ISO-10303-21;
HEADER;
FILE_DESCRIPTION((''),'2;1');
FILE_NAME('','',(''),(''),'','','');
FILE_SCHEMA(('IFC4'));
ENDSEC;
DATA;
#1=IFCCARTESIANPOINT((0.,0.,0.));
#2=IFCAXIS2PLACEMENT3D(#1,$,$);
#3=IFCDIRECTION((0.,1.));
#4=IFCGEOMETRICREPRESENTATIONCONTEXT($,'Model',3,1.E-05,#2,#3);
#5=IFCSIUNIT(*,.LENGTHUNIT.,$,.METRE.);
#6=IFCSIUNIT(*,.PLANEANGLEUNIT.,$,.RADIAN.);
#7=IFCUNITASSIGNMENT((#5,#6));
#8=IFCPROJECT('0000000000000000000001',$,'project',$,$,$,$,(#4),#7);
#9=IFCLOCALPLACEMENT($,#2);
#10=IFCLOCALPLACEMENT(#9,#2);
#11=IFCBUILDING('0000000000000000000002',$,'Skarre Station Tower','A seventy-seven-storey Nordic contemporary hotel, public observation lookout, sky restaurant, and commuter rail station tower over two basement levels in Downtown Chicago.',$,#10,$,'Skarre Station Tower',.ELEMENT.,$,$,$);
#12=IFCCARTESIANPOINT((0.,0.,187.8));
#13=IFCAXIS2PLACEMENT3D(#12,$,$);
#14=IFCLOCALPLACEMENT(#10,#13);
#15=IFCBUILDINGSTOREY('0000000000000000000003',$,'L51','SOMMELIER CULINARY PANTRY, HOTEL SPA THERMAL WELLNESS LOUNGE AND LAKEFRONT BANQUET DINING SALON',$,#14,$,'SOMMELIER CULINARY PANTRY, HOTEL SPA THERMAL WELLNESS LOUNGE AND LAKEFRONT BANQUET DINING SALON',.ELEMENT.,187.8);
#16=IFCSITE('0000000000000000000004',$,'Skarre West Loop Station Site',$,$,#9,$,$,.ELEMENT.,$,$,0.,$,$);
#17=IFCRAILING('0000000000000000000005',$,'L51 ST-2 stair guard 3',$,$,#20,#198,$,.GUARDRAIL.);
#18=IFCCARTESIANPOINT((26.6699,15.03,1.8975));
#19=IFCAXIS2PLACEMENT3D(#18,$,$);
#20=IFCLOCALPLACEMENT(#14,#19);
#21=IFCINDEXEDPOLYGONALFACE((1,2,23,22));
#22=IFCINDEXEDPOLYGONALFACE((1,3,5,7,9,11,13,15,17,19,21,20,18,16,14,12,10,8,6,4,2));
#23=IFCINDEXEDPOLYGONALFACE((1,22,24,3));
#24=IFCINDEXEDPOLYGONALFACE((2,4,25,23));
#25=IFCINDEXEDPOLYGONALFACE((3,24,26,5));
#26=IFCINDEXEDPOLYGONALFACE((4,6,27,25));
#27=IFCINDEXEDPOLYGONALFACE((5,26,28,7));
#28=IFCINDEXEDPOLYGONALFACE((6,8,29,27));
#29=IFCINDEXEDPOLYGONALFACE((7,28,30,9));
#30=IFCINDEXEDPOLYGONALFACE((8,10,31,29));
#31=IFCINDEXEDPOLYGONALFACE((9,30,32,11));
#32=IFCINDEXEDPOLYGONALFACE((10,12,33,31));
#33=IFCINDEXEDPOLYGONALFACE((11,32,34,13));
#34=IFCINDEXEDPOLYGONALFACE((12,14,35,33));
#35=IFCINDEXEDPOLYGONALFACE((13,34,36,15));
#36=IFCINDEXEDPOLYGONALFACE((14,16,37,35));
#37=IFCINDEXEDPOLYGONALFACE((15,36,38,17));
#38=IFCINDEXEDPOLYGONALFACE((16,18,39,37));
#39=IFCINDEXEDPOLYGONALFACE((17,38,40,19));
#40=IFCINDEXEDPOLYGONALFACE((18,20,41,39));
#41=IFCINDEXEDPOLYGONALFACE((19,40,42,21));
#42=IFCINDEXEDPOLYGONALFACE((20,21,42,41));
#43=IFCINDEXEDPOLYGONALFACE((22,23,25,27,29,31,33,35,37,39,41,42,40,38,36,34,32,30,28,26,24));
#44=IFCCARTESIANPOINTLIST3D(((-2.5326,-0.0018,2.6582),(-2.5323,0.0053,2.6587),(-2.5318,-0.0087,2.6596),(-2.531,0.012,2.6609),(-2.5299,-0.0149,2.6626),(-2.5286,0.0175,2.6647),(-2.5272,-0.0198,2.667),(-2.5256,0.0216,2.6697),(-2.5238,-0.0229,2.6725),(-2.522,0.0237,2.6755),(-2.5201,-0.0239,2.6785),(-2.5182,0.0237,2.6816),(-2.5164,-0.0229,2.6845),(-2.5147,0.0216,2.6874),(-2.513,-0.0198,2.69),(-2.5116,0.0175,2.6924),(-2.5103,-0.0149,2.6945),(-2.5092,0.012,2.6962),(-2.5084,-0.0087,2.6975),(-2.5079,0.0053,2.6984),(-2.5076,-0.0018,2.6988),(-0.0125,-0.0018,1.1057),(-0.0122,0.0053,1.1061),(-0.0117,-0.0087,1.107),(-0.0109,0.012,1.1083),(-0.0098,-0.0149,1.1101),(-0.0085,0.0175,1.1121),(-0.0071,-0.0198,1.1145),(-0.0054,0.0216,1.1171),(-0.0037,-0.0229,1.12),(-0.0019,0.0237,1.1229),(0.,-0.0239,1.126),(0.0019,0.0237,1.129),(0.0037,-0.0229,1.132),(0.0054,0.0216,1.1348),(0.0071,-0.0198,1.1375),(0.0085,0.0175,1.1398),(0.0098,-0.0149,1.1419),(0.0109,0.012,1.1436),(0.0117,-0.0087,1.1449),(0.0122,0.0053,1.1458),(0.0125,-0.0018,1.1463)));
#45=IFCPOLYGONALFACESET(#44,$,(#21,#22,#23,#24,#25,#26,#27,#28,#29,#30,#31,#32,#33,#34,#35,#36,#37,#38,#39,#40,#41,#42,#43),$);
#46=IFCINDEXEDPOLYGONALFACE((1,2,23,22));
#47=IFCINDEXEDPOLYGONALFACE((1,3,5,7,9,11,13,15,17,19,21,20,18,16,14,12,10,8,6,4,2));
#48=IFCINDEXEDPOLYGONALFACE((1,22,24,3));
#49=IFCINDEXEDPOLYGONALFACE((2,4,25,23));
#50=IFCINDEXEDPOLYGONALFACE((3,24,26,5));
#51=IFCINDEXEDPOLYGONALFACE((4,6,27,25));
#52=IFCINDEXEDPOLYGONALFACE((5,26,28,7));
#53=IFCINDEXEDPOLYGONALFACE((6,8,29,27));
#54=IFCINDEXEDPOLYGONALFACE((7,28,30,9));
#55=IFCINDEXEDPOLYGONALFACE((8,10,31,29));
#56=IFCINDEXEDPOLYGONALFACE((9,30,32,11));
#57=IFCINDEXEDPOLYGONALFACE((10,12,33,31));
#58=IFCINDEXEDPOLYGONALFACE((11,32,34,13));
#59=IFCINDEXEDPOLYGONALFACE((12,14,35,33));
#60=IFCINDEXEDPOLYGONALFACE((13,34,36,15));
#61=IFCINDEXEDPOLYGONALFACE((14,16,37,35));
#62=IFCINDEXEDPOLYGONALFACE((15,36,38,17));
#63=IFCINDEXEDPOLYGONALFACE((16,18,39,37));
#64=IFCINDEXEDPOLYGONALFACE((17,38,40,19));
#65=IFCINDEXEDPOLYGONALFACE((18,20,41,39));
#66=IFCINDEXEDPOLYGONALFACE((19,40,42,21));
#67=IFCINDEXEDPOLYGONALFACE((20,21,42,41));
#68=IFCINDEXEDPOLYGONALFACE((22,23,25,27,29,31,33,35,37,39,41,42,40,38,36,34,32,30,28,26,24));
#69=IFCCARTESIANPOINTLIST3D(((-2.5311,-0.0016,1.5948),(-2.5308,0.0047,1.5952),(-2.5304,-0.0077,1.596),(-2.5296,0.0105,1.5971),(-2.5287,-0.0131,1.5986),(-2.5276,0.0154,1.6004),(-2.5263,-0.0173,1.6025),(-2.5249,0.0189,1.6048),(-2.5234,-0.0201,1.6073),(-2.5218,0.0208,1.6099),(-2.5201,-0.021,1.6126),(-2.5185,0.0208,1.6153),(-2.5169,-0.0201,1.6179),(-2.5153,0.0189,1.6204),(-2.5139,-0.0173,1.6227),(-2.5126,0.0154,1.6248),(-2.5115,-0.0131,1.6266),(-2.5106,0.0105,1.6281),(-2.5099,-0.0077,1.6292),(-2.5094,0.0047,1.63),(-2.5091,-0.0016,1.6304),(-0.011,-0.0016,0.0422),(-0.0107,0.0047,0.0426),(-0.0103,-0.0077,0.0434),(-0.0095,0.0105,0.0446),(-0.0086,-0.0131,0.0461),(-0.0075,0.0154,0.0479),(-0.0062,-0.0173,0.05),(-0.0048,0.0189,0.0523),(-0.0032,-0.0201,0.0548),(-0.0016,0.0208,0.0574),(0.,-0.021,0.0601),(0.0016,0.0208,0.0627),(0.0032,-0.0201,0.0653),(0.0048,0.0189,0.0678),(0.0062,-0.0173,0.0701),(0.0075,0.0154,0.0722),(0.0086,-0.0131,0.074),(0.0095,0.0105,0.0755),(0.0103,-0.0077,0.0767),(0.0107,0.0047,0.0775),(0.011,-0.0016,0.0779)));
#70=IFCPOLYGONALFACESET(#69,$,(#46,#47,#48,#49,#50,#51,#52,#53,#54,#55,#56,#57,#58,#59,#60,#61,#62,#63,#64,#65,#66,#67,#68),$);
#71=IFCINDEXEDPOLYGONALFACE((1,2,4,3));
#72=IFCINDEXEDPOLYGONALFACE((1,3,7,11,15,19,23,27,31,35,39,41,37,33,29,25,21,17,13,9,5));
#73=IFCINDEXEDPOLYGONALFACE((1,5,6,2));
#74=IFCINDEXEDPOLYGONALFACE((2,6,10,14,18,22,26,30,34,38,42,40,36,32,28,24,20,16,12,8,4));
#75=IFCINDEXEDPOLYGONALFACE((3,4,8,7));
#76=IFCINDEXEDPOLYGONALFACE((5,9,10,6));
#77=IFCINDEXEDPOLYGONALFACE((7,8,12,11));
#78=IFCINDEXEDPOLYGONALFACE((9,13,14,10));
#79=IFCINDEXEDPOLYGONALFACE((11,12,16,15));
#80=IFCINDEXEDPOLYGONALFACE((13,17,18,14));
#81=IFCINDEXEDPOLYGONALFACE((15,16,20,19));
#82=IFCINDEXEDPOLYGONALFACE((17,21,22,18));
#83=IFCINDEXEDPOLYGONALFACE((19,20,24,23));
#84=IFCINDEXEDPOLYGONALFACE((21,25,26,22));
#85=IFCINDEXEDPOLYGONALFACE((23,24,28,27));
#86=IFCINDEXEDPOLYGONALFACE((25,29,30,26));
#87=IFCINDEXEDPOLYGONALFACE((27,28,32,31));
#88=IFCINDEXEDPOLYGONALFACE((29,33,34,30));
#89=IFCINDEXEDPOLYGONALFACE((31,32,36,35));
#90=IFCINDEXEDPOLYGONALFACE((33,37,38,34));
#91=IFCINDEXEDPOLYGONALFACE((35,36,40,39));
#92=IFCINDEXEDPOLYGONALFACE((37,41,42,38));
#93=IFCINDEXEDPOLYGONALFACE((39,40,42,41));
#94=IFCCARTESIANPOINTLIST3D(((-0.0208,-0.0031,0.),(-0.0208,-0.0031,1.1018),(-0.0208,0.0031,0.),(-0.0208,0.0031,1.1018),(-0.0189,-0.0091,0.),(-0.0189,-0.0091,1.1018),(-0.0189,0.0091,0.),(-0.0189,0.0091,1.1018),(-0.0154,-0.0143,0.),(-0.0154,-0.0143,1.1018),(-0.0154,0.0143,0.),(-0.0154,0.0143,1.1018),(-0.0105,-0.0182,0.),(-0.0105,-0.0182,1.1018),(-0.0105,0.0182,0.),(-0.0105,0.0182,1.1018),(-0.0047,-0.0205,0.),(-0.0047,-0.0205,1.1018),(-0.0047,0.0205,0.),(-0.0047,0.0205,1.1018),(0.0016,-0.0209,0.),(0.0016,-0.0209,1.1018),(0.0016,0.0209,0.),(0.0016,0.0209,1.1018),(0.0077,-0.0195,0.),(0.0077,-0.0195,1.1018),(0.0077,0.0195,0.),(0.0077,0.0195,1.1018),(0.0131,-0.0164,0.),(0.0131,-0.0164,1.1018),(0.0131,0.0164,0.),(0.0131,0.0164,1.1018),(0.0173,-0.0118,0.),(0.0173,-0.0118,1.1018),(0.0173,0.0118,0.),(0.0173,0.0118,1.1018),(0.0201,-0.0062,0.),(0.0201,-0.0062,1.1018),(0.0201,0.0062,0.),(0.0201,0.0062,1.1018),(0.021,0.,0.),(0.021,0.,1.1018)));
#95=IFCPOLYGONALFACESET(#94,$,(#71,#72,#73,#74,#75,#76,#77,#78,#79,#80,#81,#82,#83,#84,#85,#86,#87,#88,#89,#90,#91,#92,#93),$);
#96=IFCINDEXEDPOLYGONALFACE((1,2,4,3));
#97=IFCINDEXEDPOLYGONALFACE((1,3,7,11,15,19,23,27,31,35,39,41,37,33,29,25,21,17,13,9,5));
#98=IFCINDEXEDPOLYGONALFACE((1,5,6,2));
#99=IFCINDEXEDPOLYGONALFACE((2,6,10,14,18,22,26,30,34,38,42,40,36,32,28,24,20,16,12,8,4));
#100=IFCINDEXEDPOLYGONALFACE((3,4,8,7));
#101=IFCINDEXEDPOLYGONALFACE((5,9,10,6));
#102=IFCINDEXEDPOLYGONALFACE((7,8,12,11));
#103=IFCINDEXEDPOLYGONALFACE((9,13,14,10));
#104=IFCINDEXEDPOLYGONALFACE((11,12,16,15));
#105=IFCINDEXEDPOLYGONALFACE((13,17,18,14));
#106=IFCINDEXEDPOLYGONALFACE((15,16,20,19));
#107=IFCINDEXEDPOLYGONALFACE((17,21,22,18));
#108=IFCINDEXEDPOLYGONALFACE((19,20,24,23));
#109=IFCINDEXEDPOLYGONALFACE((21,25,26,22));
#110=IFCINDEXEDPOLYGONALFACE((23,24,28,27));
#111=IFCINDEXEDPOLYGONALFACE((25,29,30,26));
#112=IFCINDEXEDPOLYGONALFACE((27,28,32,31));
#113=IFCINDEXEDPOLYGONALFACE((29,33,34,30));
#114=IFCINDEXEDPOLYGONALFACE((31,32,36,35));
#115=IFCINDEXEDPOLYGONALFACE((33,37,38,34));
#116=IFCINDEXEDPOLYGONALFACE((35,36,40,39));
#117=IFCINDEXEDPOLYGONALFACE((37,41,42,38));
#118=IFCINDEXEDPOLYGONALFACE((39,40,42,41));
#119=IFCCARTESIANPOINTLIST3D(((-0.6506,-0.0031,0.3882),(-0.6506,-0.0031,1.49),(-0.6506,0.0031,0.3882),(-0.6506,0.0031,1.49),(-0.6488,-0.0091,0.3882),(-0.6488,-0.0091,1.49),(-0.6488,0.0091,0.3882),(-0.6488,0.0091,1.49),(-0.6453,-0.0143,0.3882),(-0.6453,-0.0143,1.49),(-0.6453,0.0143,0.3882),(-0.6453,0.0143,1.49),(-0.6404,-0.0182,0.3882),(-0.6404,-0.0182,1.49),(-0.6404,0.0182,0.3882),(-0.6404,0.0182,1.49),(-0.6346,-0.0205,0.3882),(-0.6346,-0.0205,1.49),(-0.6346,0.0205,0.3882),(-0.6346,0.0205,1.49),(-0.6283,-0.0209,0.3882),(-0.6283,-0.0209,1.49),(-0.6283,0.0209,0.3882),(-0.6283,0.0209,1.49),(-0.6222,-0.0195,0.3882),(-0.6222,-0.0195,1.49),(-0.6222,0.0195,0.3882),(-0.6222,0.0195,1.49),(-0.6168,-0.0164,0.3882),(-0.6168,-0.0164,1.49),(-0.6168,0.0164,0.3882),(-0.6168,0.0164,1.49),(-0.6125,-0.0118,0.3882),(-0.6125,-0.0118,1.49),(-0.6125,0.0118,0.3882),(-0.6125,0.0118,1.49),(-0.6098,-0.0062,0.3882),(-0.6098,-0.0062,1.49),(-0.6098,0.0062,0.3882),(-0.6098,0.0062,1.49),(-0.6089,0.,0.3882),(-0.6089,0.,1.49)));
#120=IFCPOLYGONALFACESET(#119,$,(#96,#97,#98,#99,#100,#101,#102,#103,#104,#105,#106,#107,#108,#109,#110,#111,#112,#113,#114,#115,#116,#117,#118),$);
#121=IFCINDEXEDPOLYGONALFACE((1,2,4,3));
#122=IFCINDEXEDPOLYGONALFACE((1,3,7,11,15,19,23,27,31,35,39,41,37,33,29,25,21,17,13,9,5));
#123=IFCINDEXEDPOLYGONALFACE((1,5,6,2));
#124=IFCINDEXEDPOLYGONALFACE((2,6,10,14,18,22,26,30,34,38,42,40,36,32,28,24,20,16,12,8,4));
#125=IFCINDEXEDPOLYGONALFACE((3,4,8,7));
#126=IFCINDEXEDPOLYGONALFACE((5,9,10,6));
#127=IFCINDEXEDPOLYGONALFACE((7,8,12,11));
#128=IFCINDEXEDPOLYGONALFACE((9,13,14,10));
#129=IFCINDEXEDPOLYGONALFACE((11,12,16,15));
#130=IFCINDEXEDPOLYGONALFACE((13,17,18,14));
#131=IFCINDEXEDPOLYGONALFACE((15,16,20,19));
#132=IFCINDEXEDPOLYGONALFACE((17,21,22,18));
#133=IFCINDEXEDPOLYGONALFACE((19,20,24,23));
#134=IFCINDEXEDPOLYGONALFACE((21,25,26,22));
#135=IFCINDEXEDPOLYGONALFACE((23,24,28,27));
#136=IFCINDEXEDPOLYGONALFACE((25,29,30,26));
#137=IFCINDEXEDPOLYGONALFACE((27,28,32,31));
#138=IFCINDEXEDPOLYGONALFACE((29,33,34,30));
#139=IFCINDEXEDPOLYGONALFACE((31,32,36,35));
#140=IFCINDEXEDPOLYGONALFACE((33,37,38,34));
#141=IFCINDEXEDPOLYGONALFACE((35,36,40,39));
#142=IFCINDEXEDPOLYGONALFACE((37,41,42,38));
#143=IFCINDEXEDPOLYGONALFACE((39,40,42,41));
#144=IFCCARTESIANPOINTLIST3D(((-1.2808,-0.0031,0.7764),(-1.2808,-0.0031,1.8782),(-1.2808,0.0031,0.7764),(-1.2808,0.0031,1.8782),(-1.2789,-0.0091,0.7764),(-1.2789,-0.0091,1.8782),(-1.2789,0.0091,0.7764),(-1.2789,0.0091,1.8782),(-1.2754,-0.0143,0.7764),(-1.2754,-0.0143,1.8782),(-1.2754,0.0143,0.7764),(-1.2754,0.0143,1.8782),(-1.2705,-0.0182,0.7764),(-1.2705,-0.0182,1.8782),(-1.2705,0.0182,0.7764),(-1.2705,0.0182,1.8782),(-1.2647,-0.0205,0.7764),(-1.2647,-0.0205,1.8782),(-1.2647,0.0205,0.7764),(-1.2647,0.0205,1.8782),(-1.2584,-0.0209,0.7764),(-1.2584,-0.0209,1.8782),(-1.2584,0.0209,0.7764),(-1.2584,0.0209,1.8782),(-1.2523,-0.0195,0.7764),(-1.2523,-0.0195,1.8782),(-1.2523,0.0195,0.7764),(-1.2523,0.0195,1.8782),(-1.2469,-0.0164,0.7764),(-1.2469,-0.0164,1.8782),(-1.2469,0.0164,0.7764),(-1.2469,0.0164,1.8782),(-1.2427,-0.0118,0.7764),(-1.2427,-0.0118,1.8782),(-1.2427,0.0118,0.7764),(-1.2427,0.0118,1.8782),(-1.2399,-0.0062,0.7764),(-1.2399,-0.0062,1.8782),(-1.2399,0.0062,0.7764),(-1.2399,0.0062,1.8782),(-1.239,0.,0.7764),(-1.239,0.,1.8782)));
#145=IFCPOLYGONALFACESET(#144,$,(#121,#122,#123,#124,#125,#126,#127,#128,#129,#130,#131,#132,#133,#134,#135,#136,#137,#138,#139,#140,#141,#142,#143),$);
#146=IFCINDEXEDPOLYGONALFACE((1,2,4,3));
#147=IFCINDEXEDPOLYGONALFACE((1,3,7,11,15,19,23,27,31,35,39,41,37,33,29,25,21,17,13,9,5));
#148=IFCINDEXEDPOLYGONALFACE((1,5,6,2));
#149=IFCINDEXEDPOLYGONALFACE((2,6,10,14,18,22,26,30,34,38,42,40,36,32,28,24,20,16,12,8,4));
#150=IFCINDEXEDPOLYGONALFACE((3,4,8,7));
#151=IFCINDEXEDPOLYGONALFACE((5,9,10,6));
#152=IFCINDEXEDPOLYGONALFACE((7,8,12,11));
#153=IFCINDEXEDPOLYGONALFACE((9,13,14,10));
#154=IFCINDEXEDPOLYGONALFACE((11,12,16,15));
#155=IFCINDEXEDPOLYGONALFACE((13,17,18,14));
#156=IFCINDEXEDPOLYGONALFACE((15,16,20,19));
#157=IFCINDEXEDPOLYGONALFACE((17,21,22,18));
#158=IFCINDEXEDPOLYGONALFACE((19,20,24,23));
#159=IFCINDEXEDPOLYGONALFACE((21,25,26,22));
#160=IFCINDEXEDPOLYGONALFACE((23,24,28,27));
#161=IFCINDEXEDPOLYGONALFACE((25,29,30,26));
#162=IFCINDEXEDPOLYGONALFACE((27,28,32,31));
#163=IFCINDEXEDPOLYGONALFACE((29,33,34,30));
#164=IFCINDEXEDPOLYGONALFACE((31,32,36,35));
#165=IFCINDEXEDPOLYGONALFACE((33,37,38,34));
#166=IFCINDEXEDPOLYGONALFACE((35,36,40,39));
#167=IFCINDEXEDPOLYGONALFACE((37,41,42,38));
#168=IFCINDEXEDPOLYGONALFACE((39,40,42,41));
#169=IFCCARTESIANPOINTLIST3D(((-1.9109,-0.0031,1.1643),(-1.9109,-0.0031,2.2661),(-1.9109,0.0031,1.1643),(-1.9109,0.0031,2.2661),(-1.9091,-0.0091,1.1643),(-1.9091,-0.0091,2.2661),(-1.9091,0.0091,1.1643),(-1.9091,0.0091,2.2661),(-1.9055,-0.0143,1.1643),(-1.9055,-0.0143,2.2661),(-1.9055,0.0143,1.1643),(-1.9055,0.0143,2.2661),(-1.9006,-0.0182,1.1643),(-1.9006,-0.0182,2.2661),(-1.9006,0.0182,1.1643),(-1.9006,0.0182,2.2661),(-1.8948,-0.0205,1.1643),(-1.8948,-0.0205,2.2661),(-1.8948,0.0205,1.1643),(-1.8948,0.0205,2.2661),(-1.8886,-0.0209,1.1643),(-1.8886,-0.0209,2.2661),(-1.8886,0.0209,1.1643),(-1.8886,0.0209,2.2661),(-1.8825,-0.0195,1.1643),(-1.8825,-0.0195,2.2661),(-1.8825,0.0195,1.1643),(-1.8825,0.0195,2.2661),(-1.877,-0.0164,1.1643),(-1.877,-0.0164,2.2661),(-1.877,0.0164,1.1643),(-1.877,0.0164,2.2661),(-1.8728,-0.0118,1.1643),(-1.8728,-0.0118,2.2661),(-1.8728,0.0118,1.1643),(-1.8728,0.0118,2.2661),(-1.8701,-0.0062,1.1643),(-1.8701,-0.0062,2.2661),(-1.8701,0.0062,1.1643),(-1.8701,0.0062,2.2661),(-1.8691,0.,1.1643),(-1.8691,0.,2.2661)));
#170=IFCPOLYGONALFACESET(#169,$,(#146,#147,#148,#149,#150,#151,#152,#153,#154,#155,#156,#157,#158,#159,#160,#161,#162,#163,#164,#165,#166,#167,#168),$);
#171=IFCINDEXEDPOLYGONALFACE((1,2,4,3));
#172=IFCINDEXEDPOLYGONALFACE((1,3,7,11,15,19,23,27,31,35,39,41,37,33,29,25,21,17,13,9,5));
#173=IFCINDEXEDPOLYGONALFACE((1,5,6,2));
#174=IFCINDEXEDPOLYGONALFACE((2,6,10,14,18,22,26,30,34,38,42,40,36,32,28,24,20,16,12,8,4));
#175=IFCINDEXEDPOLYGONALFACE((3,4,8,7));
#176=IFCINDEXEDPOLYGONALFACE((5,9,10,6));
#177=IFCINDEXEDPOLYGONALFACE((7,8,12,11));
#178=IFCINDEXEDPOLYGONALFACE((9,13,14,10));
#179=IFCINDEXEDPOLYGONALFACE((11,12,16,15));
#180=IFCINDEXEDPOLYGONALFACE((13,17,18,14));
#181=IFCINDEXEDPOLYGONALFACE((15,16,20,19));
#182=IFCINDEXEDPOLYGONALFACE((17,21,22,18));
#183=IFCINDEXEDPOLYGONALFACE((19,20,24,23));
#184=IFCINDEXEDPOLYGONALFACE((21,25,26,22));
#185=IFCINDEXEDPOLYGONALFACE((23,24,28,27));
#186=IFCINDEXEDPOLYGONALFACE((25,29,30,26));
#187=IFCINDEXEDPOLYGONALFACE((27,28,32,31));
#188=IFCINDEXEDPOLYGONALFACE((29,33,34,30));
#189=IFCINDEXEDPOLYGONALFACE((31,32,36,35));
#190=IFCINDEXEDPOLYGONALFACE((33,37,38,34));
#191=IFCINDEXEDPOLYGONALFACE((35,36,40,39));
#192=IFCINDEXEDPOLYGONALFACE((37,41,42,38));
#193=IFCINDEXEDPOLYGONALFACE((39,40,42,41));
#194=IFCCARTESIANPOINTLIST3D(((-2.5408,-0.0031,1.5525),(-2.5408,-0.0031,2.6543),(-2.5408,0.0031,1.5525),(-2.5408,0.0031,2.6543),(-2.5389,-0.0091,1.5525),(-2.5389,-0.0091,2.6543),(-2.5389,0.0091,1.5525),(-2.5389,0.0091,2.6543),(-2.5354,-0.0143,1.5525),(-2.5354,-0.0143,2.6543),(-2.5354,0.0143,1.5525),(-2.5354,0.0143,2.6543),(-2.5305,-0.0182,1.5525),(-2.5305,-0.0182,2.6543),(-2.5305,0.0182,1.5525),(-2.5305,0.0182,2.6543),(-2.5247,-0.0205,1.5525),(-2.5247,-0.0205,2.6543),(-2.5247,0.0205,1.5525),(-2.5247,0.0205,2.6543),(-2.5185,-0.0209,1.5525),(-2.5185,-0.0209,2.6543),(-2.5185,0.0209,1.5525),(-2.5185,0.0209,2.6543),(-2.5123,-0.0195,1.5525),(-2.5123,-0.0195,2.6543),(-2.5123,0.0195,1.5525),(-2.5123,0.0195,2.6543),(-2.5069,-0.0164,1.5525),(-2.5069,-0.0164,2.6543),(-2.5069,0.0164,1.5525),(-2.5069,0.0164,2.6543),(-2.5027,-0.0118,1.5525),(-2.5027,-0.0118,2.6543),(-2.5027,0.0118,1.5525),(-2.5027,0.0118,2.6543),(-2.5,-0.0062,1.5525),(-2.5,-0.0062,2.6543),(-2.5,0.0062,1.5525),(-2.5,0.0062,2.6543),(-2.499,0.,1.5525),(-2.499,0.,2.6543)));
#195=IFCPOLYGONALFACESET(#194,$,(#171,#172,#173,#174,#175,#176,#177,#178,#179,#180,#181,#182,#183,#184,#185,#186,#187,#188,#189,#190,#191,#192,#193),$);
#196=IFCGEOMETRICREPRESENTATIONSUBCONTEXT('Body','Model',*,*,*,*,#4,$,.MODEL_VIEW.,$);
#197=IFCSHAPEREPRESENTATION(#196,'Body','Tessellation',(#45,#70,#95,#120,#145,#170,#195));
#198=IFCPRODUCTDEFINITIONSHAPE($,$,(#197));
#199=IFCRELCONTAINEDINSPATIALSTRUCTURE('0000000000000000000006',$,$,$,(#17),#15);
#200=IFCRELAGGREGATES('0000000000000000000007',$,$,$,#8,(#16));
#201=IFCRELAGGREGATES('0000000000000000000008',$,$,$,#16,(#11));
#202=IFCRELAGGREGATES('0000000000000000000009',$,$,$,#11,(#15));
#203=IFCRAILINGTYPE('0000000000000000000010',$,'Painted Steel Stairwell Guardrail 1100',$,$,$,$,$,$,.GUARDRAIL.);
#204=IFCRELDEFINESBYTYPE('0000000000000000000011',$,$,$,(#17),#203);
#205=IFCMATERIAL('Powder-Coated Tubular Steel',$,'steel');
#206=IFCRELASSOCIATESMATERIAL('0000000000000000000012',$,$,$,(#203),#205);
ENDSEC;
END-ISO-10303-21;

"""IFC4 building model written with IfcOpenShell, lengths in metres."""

from ifc_helpers import new_model, si_unit, direction, frame, origin, origin_2d, place, context, subcontext, project, spatial, circle, extrude, material, type_object, element, save


model = new_model("IFC4")

# Units and contexts
model_context = context("Model", 3, precision=1e-05, world=origin(), true_north=direction((0.0, 1.0)))
body_context = subcontext(model_context, "Body", "Model", "MODEL_VIEW")
ifc_project = project(units=[si_unit("LENGTHUNIT", "METRE"), si_unit("PLANEANGLEUNIT", "RADIAN")], contexts=[model_context])

# Site, building, storey
site_placement = place(None, origin())
site = spatial("IfcSite", under=ifc_project, at=site_placement, Name="Skarre West Loop Station Site", CompositionType="ELEMENT", RefElevation=0.0)
building_placement = place(site_placement, origin())
building = spatial("IfcBuilding", under=site, at=building_placement, Name="Skarre Station Tower", Description="A seventy-seven-storey Nordic contemporary hotel, public observation lookout, sky restaurant, and commuter rail station tower over two basement levels in Downtown Chicago.", LongName="Skarre Station Tower", CompositionType="ELEMENT")
storey_placement = place(building_placement, frame((0.0, 0.0, 187.8)))
storey = spatial("IfcBuildingStorey", under=building, at=storey_placement, Name="L51", Description="SOMMELIER CULINARY PANTRY, HOTEL SPA THERMAL WELLNESS LOUNGE AND LAKEFRONT BANQUET DINING SALON", LongName="SOMMELIER CULINARY PANTRY, HOTEL SPA THERMAL WELLNESS LOUNGE AND LAKEFRONT BANQUET DINING SALON", CompositionType="ELEMENT", Elevation=187.8)

# Railing
ifc_material_1 = material(Name="Powder-Coated Tubular Steel", Category="steel")
railing_type_1 = type_object("IfcRailingType", Name="Painted Steel Stairwell Guardrail 1100", PredefinedType="GUARDRAIL", material=ifc_material_1)
railing_1_placement = place(storey_placement, frame((26.6699, 15.03, 1.8975)))
element("IfcRailing", 1, at=railing_1_placement, inside=storey, type_object=railing_type_1, Name="L51 ST-2 stair guard 3", PredefinedType="GUARDRAIL", context=body_context, shape_type="SweptSolid", body=[
    extrude(circle(Radius=0.0239, at=origin_2d()), frame((0.0, 0.0, 1.126), z_axis=(-0.8514, 0.0, 0.524516), x_axis=(0.0, -1.0, 0.0)), (0.0, 0.0, 1.0), 2.96),
    extrude(circle(Radius=0.021, at=origin_2d()), frame((0.0, 0.0, 0.0601), z_axis=(-0.8514, 0.0, 0.524516), x_axis=(0.0, -1.0, 0.0)), (0.0, 0.0, 1.0), 2.96),
    extrude(circle(Radius=0.021, at=origin_2d()), origin(), (0.0, 0.0, 1.0), 1.1018),
    extrude(circle(Radius=0.021, at=origin_2d()), frame((-0.6299, 0.0, 0.3882)), (0.0, 0.0, 1.0), 1.1018),
    extrude(circle(Radius=0.021, at=origin_2d()), frame((-1.26, 0.0, 0.7764)), (0.0, 0.0, 1.0), 1.1018),
    extrude(circle(Radius=0.021, at=origin_2d()), frame((-1.8901, 0.0, 1.1643)), (0.0, 0.0, 1.0), 1.1018),
    extrude(circle(Radius=0.021, at=origin_2d()), frame((-2.52, 0.0, 1.5525)), (0.0, 0.0, 1.0), 1.1018),
])

save(model, "model.ifc")
